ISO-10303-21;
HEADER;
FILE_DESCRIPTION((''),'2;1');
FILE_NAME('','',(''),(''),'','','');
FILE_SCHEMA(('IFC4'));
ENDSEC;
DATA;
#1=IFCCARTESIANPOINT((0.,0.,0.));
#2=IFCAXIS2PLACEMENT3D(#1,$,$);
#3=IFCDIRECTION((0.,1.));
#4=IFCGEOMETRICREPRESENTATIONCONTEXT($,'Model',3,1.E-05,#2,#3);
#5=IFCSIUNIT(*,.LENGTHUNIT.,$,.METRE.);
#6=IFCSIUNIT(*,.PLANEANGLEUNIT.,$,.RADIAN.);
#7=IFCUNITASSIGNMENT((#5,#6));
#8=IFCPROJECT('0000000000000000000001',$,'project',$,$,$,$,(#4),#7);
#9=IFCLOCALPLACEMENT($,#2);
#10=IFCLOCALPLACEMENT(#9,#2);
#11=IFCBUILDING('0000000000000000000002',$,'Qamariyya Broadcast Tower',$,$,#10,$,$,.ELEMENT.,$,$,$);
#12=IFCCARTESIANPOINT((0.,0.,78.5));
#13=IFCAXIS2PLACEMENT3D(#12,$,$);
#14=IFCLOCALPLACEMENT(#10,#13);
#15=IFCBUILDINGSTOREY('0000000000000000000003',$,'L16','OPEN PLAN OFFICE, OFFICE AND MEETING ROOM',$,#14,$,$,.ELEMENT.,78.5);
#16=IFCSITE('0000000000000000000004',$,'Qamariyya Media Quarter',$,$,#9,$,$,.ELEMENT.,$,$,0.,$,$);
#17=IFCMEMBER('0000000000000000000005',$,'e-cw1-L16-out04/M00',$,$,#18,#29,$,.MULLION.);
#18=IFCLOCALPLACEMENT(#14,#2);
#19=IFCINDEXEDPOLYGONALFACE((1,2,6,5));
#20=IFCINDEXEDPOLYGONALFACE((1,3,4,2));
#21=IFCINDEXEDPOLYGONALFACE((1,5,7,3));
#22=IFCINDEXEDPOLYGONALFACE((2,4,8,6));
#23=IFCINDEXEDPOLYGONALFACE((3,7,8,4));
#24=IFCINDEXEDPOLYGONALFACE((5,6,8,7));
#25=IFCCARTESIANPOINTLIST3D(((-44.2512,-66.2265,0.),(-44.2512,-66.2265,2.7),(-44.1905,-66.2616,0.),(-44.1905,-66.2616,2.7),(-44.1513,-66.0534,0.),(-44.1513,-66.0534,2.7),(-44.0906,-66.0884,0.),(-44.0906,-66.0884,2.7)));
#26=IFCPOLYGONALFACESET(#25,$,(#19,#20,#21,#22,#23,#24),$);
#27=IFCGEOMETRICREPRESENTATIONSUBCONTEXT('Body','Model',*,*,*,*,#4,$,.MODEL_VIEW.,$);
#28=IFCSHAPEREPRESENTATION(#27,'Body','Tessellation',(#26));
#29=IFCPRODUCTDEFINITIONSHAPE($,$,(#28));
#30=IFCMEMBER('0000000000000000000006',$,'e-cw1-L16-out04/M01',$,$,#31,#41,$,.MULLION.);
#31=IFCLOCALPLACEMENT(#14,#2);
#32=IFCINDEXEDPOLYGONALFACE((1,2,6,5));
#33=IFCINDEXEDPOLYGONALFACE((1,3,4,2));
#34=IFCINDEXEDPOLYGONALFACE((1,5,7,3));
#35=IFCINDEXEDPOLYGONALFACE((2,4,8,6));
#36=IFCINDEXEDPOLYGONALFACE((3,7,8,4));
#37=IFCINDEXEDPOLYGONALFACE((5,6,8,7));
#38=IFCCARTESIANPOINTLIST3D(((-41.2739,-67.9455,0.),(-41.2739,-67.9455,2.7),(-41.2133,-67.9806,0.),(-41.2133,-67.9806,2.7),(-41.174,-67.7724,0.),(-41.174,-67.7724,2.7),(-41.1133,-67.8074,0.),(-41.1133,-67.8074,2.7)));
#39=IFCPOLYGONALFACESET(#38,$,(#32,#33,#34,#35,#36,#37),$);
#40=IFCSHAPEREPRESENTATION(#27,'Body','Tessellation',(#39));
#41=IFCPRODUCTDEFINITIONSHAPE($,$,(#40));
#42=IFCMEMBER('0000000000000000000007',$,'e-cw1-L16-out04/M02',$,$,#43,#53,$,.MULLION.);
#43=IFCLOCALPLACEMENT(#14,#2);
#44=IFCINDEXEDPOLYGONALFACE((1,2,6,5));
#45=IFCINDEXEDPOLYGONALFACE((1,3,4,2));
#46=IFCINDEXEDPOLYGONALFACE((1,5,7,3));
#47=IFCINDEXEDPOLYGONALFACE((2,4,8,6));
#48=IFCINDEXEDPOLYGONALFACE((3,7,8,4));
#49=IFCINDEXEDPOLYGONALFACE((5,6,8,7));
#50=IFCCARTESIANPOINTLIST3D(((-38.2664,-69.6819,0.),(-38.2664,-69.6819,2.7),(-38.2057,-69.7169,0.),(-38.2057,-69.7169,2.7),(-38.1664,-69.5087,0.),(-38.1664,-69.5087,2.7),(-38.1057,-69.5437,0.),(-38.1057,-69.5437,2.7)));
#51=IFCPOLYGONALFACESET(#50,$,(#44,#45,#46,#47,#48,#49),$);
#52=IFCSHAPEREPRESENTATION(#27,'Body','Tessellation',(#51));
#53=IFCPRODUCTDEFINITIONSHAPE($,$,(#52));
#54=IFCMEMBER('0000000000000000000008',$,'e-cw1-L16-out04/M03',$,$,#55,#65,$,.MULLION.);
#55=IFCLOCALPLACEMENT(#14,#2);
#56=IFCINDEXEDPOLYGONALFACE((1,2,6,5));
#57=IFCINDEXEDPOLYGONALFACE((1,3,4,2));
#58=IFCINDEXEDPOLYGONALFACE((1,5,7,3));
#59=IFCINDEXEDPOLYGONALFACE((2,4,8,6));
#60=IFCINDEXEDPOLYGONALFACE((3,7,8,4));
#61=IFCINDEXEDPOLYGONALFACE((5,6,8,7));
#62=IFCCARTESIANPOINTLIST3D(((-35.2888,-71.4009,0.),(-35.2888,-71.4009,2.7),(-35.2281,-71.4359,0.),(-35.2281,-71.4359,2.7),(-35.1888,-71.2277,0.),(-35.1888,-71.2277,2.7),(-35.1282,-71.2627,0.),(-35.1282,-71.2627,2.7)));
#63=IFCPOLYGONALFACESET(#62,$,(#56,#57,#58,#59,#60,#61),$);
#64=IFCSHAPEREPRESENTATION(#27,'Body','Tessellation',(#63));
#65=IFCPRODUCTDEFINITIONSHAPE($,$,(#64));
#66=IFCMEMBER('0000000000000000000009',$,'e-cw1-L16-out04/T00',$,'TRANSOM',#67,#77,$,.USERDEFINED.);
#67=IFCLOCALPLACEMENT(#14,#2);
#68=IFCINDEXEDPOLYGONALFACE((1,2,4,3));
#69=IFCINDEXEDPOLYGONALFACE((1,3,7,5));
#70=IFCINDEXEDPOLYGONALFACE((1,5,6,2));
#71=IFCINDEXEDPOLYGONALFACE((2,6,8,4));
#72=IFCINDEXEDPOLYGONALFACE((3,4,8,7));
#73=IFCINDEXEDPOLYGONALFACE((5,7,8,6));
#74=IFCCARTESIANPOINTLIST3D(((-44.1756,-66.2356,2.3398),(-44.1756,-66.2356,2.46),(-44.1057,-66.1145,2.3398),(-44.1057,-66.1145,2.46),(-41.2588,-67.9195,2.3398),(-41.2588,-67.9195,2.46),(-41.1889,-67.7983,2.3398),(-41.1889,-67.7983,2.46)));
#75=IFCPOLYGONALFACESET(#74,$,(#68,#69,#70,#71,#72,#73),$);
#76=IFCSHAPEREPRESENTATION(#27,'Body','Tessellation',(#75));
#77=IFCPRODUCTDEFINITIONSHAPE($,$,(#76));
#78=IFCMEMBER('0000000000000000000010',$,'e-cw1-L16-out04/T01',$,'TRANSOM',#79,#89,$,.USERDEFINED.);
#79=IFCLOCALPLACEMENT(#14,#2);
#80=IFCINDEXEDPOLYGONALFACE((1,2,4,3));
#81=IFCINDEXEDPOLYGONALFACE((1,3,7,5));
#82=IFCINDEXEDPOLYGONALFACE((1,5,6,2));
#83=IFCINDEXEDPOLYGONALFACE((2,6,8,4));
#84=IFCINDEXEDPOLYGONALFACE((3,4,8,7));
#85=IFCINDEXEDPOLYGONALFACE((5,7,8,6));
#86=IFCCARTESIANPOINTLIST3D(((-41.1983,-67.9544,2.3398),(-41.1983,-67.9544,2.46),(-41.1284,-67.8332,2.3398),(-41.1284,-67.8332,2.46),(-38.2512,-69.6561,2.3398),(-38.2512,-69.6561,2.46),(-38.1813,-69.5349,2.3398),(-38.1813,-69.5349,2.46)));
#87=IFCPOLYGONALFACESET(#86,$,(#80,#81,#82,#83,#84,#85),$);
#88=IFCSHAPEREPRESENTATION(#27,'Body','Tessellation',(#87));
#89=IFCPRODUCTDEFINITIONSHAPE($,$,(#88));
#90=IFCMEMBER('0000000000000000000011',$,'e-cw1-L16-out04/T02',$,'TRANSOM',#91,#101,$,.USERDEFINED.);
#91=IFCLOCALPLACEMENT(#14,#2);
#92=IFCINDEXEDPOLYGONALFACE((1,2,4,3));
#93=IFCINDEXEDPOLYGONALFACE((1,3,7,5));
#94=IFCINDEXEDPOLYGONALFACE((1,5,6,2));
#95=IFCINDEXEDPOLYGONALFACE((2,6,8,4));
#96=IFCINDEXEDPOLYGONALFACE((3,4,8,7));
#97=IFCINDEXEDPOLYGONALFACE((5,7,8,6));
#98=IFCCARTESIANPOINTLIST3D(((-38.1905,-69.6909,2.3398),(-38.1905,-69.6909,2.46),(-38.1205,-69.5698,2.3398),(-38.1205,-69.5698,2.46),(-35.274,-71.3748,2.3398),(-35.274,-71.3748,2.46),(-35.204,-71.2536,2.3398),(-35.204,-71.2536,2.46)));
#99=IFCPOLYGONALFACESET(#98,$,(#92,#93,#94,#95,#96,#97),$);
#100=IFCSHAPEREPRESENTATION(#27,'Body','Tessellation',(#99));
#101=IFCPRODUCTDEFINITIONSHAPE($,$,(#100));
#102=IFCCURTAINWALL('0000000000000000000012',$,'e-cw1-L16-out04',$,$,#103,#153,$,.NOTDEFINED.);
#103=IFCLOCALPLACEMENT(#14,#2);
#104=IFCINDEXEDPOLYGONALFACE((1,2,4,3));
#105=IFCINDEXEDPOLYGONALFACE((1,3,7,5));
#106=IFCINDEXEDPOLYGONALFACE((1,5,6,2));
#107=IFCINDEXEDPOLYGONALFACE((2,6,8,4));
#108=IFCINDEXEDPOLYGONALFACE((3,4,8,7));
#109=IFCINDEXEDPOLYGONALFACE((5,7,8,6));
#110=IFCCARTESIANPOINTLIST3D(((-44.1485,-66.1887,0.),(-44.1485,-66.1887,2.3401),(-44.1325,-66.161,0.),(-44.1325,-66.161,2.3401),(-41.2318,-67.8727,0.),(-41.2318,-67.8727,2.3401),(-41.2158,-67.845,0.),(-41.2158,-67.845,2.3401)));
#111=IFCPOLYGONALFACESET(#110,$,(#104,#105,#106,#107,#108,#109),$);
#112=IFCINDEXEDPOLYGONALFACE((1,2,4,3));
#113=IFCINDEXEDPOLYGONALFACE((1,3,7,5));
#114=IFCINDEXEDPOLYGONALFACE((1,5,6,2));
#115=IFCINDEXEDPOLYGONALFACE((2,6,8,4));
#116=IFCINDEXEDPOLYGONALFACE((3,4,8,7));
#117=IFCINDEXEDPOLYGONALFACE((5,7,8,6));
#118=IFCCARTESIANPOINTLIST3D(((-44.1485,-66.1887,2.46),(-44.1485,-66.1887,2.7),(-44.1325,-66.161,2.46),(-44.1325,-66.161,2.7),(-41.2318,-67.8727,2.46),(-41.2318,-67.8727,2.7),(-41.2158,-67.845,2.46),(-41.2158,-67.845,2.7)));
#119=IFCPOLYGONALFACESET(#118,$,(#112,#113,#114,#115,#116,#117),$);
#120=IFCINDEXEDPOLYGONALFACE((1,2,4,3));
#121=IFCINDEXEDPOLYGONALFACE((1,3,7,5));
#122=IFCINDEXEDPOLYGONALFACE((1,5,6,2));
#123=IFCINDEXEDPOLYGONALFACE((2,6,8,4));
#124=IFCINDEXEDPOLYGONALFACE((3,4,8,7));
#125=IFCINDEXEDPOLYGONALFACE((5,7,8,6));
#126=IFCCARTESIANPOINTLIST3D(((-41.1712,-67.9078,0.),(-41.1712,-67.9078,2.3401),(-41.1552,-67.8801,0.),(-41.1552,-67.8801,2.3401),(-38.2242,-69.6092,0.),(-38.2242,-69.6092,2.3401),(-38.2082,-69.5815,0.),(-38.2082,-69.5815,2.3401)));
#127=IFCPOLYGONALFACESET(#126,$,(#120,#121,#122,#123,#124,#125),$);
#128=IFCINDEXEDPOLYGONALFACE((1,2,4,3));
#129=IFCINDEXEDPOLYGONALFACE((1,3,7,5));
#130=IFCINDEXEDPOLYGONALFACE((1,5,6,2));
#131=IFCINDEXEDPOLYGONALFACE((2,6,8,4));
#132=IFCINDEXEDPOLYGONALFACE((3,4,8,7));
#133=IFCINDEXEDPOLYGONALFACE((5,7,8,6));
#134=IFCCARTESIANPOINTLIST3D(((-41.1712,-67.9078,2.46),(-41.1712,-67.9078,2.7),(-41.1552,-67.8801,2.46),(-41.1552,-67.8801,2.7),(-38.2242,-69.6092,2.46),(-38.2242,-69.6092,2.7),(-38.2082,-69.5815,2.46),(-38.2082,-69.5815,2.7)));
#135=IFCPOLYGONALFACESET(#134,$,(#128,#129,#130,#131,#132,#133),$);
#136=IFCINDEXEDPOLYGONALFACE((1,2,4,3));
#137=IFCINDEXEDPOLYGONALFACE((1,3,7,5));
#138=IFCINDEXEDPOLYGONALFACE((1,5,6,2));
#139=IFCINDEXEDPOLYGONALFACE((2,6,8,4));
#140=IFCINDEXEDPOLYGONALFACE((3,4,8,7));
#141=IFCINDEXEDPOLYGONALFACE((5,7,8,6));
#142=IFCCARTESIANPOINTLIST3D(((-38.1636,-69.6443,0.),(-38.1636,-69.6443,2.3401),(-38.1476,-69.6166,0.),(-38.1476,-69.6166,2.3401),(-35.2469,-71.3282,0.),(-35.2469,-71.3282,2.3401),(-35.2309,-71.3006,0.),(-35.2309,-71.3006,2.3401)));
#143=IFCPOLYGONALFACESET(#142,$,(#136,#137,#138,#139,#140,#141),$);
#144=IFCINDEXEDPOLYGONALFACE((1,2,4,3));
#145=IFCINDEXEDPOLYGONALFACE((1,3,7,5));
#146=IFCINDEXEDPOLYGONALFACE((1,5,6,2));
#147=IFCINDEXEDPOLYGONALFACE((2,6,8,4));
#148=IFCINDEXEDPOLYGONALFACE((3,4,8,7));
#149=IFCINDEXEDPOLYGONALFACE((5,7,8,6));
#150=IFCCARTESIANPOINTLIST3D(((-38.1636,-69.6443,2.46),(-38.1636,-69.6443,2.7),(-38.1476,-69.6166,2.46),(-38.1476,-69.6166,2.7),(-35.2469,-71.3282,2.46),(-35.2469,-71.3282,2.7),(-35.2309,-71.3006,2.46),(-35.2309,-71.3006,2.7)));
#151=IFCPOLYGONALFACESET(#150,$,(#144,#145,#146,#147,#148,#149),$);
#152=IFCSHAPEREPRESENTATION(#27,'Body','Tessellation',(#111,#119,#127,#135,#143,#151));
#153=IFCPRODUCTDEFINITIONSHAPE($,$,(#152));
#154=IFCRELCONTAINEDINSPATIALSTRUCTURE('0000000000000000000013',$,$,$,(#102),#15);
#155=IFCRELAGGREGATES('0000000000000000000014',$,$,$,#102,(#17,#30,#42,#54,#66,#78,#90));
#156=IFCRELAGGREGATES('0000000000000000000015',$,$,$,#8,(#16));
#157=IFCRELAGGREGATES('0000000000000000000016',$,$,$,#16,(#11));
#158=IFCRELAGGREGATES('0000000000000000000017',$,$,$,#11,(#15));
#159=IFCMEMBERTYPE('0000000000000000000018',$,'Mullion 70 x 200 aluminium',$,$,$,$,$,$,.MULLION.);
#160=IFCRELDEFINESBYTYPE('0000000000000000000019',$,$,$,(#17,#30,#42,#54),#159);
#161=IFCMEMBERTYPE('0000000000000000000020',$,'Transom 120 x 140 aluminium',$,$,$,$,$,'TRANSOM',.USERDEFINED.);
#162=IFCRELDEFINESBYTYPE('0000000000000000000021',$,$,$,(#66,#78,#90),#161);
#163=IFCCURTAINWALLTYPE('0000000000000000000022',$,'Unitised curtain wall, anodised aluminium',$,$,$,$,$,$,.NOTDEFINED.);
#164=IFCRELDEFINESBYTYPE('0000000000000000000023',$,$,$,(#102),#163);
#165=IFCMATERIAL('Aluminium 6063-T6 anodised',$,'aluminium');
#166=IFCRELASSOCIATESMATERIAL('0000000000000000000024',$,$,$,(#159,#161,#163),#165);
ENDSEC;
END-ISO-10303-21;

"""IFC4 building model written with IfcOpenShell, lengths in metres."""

from ifc_helpers import new_model, si_unit, direction, frame, origin, origin_2d, place, context, subcontext, project, spatial, rectangle, extrude, material, material_profile, profile_set, type_object, element, aggregate, save


model = new_model("IFC4")

# Units and contexts
model_context = context("Model", 3, precision=1e-05, world=origin(), true_north=direction((0.0, 1.0)))
body_context = subcontext(model_context, "Body", "Model", "MODEL_VIEW")
ifc_project = project(units=[si_unit("LENGTHUNIT", "METRE"), si_unit("PLANEANGLEUNIT", "RADIAN")], contexts=[model_context])

# Members
ifc_material = material(Name="Aluminium 6063-T6 anodised", Category="aluminium")
ifc_material_profile_1 = material_profile(ifc_material, rectangle(XDim=0.2, YDim=0.0701, at=origin_2d()))
ifc_profile_set_1 = profile_set([ifc_material_profile_1], Name="Aluminium 6063-T6 anodised")
member_type_1 = type_object("IfcMemberType", Name="Mullion 70 x 200 aluminium", PredefinedType="MULLION", material=ifc_profile_set_1)
site_placement = place(None, origin())
building_placement = place(site_placement, origin())
storey_placement = place(building_placement, frame((0.0, 0.0, 78.5)))
member_1_placement = place(storey_placement, frame((-44.1709, -66.1575, 0.0), z_axis=(0.0, 0.0, 1.0), x_axis=(0.5, 0.866025, 0.0)))
member_1 = element("IfcMember", 1, at=member_1_placement, type_object=member_type_1, Name="e-cw1-L16-out04/M00", PredefinedType="MULLION", context=body_context, shape_type="SweptSolid", body=[
    extrude(rectangle(XDim=0.2, YDim=0.0701, at=origin_2d()), origin(), (0.0, 0.0, 1.0), 2.7),
])
member_2_placement = place(storey_placement, frame((-41.1936, -67.8765, 0.0), z_axis=(0.0, 0.0, 1.0), x_axis=(0.5, 0.866025, 0.0)))
member_2 = element("IfcMember", 2, at=member_2_placement, type_object=member_type_1, Name="e-cw1-L16-out04/M01", PredefinedType="MULLION", context=body_context, shape_type="SweptSolid", body=[
    extrude(rectangle(XDim=0.2, YDim=0.0701, at=origin_2d()), origin(), (0.0, 0.0, 1.0), 2.7),
])
member_3_placement = place(storey_placement, frame((-38.186, -69.6128, 0.0), z_axis=(0.0, 0.0, 1.0), x_axis=(0.5, 0.866025, 0.0)))
member_3 = element("IfcMember", 3, at=member_3_placement, type_object=member_type_1, Name="e-cw1-L16-out04/M02", PredefinedType="MULLION", context=body_context, shape_type="SweptSolid", body=[
    extrude(rectangle(XDim=0.2, YDim=0.0701, at=origin_2d()), origin(), (0.0, 0.0, 1.0), 2.7),
])
member_4_placement = place(storey_placement, frame((-35.2085, -71.3318, 0.0), z_axis=(0.0, 0.0, 1.0), x_axis=(0.5, 0.866025, 0.0)))
member_4 = element("IfcMember", 4, at=member_4_placement, type_object=member_type_1, Name="e-cw1-L16-out04/M03", PredefinedType="MULLION", context=body_context, shape_type="SweptSolid", body=[
    extrude(rectangle(XDim=0.2, YDim=0.0701, at=origin_2d()), origin(), (0.0, 0.0, 1.0), 2.7),
])
ifc_material_profile_2 = material_profile(ifc_material, rectangle(XDim=0.1399, YDim=0.1201, at=origin_2d()))
ifc_profile_set_2 = profile_set([ifc_material_profile_2], Name="Aluminium 6063-T6 anodised")
member_type_2 = type_object("IfcMemberType", Name="Transom 120 x 140 aluminium", ElementType="TRANSOM", PredefinedType="USERDEFINED", material=ifc_profile_set_2)
member_5_placement = place(storey_placement, frame((-44.1406, -66.175, 2.3999), z_axis=(0.866044, -0.499967, 0.0), x_axis=(0.499967, 0.866044, 0.0)))
member_5 = element("IfcMember", 5, at=member_5_placement, type_object=member_type_2, Name="e-cw1-L16-out04/T00", ObjectType="TRANSOM", PredefinedType="USERDEFINED", context=body_context, shape_type="SweptSolid", body=[
    extrude(rectangle(XDim=0.1399, YDim=0.1201, at=origin_2d()), origin(), (0.0, 0.0, 1.0), 3.3679),
])
member_6_placement = place(storey_placement, frame((-41.1633, -67.8938, 2.3999), z_axis=(0.866, -0.500043, 0.0), x_axis=(0.500043, 0.866, 0.0)))
member_6 = element("IfcMember", 6, at=member_6_placement, type_object=member_type_2, Name="e-cw1-L16-out04/T01", ObjectType="TRANSOM", PredefinedType="USERDEFINED", context=body_context, shape_type="SweptSolid", body=[
    extrude(rectangle(XDim=0.1399, YDim=0.1201, at=origin_2d()), origin(), (0.0, 0.0, 1.0), 3.4031),
])
member_7_placement = place(storey_placement, frame((-38.1555, -69.6304, 2.3999), z_axis=(0.866026, -0.499999, 0.0), x_axis=(0.499999, 0.866026, 0.0)))
member_7 = element("IfcMember", 7, at=member_7_placement, type_object=member_type_2, Name="e-cw1-L16-out04/T02", ObjectType="TRANSOM", PredefinedType="USERDEFINED", context=body_context, shape_type="SweptSolid", body=[
    extrude(rectangle(XDim=0.1399, YDim=0.1201, at=origin_2d()), origin(), (0.0, 0.0, 1.0), 3.3677),
])

# Site, building, storey
site = spatial("IfcSite", under=ifc_project, at=site_placement, Name="Qamariyya Media Quarter", CompositionType="ELEMENT", RefElevation=0.0)
building = spatial("IfcBuilding", under=site, at=building_placement, Name="Qamariyya Broadcast Tower", CompositionType="ELEMENT")
storey = spatial("IfcBuildingStorey", under=building, at=storey_placement, Name="L16", Description="OPEN PLAN OFFICE, OFFICE AND MEETING ROOM", CompositionType="ELEMENT", Elevation=78.5)

# Curtain wall
curtain_wall_type = type_object("IfcCurtainWallType", Name="Unitised curtain wall, anodised aluminium", PredefinedType="NOTDEFINED", material=ifc_material)
curtain_wall_1_placement = place(storey_placement, origin())
curtain_wall_1 = element("IfcCurtainWall", 8, at=curtain_wall_1_placement, inside=storey, type_object=curtain_wall_type, Name="e-cw1-L16-out04", PredefinedType="NOTDEFINED", context=body_context, shape_type="SweptSolid", body=[
    extrude(rectangle(XDim=3.3679, YDim=0.032, at=origin_2d()), frame((-42.6821, -67.0168, 0.0), x_axis=(0.866022, -0.500005, 0.0)), (0.0, 0.0, 1.0), 2.3401),
    extrude(rectangle(XDim=3.3679, YDim=0.032, at=origin_2d()), frame((-42.6821, -67.0168, 2.46), x_axis=(0.866022, -0.500005, 0.0)), (0.0, 0.0, 1.0), 0.24),
    extrude(rectangle(XDim=3.4028, YDim=0.032, at=origin_2d()), frame((-39.6897, -68.7446, 0.0), x_axis=(0.866022, -0.500005, 0.0)), (0.0, 0.0, 1.0), 2.3401),
    extrude(rectangle(XDim=3.4028, YDim=0.032, at=origin_2d()), frame((-39.6897, -68.7446, 2.46), x_axis=(0.866022, -0.500005, 0.0)), (0.0, 0.0, 1.0), 0.24),
    extrude(rectangle(XDim=3.3679, YDim=0.032, at=origin_2d()), frame((-36.6973, -70.4724, 0.0), x_axis=(0.866022, -0.500005, 0.0)), (0.0, 0.0, 1.0), 2.3401),
    extrude(rectangle(XDim=3.3679, YDim=0.032, at=origin_2d()), frame((-36.6973, -70.4724, 2.46), x_axis=(0.866022, -0.500005, 0.0)), (0.0, 0.0, 1.0), 0.24),
])
aggregate(curtain_wall_1, [member_1, member_2, member_3, member_4, member_5, member_6, member_7])

save(model, "model.ifc")
